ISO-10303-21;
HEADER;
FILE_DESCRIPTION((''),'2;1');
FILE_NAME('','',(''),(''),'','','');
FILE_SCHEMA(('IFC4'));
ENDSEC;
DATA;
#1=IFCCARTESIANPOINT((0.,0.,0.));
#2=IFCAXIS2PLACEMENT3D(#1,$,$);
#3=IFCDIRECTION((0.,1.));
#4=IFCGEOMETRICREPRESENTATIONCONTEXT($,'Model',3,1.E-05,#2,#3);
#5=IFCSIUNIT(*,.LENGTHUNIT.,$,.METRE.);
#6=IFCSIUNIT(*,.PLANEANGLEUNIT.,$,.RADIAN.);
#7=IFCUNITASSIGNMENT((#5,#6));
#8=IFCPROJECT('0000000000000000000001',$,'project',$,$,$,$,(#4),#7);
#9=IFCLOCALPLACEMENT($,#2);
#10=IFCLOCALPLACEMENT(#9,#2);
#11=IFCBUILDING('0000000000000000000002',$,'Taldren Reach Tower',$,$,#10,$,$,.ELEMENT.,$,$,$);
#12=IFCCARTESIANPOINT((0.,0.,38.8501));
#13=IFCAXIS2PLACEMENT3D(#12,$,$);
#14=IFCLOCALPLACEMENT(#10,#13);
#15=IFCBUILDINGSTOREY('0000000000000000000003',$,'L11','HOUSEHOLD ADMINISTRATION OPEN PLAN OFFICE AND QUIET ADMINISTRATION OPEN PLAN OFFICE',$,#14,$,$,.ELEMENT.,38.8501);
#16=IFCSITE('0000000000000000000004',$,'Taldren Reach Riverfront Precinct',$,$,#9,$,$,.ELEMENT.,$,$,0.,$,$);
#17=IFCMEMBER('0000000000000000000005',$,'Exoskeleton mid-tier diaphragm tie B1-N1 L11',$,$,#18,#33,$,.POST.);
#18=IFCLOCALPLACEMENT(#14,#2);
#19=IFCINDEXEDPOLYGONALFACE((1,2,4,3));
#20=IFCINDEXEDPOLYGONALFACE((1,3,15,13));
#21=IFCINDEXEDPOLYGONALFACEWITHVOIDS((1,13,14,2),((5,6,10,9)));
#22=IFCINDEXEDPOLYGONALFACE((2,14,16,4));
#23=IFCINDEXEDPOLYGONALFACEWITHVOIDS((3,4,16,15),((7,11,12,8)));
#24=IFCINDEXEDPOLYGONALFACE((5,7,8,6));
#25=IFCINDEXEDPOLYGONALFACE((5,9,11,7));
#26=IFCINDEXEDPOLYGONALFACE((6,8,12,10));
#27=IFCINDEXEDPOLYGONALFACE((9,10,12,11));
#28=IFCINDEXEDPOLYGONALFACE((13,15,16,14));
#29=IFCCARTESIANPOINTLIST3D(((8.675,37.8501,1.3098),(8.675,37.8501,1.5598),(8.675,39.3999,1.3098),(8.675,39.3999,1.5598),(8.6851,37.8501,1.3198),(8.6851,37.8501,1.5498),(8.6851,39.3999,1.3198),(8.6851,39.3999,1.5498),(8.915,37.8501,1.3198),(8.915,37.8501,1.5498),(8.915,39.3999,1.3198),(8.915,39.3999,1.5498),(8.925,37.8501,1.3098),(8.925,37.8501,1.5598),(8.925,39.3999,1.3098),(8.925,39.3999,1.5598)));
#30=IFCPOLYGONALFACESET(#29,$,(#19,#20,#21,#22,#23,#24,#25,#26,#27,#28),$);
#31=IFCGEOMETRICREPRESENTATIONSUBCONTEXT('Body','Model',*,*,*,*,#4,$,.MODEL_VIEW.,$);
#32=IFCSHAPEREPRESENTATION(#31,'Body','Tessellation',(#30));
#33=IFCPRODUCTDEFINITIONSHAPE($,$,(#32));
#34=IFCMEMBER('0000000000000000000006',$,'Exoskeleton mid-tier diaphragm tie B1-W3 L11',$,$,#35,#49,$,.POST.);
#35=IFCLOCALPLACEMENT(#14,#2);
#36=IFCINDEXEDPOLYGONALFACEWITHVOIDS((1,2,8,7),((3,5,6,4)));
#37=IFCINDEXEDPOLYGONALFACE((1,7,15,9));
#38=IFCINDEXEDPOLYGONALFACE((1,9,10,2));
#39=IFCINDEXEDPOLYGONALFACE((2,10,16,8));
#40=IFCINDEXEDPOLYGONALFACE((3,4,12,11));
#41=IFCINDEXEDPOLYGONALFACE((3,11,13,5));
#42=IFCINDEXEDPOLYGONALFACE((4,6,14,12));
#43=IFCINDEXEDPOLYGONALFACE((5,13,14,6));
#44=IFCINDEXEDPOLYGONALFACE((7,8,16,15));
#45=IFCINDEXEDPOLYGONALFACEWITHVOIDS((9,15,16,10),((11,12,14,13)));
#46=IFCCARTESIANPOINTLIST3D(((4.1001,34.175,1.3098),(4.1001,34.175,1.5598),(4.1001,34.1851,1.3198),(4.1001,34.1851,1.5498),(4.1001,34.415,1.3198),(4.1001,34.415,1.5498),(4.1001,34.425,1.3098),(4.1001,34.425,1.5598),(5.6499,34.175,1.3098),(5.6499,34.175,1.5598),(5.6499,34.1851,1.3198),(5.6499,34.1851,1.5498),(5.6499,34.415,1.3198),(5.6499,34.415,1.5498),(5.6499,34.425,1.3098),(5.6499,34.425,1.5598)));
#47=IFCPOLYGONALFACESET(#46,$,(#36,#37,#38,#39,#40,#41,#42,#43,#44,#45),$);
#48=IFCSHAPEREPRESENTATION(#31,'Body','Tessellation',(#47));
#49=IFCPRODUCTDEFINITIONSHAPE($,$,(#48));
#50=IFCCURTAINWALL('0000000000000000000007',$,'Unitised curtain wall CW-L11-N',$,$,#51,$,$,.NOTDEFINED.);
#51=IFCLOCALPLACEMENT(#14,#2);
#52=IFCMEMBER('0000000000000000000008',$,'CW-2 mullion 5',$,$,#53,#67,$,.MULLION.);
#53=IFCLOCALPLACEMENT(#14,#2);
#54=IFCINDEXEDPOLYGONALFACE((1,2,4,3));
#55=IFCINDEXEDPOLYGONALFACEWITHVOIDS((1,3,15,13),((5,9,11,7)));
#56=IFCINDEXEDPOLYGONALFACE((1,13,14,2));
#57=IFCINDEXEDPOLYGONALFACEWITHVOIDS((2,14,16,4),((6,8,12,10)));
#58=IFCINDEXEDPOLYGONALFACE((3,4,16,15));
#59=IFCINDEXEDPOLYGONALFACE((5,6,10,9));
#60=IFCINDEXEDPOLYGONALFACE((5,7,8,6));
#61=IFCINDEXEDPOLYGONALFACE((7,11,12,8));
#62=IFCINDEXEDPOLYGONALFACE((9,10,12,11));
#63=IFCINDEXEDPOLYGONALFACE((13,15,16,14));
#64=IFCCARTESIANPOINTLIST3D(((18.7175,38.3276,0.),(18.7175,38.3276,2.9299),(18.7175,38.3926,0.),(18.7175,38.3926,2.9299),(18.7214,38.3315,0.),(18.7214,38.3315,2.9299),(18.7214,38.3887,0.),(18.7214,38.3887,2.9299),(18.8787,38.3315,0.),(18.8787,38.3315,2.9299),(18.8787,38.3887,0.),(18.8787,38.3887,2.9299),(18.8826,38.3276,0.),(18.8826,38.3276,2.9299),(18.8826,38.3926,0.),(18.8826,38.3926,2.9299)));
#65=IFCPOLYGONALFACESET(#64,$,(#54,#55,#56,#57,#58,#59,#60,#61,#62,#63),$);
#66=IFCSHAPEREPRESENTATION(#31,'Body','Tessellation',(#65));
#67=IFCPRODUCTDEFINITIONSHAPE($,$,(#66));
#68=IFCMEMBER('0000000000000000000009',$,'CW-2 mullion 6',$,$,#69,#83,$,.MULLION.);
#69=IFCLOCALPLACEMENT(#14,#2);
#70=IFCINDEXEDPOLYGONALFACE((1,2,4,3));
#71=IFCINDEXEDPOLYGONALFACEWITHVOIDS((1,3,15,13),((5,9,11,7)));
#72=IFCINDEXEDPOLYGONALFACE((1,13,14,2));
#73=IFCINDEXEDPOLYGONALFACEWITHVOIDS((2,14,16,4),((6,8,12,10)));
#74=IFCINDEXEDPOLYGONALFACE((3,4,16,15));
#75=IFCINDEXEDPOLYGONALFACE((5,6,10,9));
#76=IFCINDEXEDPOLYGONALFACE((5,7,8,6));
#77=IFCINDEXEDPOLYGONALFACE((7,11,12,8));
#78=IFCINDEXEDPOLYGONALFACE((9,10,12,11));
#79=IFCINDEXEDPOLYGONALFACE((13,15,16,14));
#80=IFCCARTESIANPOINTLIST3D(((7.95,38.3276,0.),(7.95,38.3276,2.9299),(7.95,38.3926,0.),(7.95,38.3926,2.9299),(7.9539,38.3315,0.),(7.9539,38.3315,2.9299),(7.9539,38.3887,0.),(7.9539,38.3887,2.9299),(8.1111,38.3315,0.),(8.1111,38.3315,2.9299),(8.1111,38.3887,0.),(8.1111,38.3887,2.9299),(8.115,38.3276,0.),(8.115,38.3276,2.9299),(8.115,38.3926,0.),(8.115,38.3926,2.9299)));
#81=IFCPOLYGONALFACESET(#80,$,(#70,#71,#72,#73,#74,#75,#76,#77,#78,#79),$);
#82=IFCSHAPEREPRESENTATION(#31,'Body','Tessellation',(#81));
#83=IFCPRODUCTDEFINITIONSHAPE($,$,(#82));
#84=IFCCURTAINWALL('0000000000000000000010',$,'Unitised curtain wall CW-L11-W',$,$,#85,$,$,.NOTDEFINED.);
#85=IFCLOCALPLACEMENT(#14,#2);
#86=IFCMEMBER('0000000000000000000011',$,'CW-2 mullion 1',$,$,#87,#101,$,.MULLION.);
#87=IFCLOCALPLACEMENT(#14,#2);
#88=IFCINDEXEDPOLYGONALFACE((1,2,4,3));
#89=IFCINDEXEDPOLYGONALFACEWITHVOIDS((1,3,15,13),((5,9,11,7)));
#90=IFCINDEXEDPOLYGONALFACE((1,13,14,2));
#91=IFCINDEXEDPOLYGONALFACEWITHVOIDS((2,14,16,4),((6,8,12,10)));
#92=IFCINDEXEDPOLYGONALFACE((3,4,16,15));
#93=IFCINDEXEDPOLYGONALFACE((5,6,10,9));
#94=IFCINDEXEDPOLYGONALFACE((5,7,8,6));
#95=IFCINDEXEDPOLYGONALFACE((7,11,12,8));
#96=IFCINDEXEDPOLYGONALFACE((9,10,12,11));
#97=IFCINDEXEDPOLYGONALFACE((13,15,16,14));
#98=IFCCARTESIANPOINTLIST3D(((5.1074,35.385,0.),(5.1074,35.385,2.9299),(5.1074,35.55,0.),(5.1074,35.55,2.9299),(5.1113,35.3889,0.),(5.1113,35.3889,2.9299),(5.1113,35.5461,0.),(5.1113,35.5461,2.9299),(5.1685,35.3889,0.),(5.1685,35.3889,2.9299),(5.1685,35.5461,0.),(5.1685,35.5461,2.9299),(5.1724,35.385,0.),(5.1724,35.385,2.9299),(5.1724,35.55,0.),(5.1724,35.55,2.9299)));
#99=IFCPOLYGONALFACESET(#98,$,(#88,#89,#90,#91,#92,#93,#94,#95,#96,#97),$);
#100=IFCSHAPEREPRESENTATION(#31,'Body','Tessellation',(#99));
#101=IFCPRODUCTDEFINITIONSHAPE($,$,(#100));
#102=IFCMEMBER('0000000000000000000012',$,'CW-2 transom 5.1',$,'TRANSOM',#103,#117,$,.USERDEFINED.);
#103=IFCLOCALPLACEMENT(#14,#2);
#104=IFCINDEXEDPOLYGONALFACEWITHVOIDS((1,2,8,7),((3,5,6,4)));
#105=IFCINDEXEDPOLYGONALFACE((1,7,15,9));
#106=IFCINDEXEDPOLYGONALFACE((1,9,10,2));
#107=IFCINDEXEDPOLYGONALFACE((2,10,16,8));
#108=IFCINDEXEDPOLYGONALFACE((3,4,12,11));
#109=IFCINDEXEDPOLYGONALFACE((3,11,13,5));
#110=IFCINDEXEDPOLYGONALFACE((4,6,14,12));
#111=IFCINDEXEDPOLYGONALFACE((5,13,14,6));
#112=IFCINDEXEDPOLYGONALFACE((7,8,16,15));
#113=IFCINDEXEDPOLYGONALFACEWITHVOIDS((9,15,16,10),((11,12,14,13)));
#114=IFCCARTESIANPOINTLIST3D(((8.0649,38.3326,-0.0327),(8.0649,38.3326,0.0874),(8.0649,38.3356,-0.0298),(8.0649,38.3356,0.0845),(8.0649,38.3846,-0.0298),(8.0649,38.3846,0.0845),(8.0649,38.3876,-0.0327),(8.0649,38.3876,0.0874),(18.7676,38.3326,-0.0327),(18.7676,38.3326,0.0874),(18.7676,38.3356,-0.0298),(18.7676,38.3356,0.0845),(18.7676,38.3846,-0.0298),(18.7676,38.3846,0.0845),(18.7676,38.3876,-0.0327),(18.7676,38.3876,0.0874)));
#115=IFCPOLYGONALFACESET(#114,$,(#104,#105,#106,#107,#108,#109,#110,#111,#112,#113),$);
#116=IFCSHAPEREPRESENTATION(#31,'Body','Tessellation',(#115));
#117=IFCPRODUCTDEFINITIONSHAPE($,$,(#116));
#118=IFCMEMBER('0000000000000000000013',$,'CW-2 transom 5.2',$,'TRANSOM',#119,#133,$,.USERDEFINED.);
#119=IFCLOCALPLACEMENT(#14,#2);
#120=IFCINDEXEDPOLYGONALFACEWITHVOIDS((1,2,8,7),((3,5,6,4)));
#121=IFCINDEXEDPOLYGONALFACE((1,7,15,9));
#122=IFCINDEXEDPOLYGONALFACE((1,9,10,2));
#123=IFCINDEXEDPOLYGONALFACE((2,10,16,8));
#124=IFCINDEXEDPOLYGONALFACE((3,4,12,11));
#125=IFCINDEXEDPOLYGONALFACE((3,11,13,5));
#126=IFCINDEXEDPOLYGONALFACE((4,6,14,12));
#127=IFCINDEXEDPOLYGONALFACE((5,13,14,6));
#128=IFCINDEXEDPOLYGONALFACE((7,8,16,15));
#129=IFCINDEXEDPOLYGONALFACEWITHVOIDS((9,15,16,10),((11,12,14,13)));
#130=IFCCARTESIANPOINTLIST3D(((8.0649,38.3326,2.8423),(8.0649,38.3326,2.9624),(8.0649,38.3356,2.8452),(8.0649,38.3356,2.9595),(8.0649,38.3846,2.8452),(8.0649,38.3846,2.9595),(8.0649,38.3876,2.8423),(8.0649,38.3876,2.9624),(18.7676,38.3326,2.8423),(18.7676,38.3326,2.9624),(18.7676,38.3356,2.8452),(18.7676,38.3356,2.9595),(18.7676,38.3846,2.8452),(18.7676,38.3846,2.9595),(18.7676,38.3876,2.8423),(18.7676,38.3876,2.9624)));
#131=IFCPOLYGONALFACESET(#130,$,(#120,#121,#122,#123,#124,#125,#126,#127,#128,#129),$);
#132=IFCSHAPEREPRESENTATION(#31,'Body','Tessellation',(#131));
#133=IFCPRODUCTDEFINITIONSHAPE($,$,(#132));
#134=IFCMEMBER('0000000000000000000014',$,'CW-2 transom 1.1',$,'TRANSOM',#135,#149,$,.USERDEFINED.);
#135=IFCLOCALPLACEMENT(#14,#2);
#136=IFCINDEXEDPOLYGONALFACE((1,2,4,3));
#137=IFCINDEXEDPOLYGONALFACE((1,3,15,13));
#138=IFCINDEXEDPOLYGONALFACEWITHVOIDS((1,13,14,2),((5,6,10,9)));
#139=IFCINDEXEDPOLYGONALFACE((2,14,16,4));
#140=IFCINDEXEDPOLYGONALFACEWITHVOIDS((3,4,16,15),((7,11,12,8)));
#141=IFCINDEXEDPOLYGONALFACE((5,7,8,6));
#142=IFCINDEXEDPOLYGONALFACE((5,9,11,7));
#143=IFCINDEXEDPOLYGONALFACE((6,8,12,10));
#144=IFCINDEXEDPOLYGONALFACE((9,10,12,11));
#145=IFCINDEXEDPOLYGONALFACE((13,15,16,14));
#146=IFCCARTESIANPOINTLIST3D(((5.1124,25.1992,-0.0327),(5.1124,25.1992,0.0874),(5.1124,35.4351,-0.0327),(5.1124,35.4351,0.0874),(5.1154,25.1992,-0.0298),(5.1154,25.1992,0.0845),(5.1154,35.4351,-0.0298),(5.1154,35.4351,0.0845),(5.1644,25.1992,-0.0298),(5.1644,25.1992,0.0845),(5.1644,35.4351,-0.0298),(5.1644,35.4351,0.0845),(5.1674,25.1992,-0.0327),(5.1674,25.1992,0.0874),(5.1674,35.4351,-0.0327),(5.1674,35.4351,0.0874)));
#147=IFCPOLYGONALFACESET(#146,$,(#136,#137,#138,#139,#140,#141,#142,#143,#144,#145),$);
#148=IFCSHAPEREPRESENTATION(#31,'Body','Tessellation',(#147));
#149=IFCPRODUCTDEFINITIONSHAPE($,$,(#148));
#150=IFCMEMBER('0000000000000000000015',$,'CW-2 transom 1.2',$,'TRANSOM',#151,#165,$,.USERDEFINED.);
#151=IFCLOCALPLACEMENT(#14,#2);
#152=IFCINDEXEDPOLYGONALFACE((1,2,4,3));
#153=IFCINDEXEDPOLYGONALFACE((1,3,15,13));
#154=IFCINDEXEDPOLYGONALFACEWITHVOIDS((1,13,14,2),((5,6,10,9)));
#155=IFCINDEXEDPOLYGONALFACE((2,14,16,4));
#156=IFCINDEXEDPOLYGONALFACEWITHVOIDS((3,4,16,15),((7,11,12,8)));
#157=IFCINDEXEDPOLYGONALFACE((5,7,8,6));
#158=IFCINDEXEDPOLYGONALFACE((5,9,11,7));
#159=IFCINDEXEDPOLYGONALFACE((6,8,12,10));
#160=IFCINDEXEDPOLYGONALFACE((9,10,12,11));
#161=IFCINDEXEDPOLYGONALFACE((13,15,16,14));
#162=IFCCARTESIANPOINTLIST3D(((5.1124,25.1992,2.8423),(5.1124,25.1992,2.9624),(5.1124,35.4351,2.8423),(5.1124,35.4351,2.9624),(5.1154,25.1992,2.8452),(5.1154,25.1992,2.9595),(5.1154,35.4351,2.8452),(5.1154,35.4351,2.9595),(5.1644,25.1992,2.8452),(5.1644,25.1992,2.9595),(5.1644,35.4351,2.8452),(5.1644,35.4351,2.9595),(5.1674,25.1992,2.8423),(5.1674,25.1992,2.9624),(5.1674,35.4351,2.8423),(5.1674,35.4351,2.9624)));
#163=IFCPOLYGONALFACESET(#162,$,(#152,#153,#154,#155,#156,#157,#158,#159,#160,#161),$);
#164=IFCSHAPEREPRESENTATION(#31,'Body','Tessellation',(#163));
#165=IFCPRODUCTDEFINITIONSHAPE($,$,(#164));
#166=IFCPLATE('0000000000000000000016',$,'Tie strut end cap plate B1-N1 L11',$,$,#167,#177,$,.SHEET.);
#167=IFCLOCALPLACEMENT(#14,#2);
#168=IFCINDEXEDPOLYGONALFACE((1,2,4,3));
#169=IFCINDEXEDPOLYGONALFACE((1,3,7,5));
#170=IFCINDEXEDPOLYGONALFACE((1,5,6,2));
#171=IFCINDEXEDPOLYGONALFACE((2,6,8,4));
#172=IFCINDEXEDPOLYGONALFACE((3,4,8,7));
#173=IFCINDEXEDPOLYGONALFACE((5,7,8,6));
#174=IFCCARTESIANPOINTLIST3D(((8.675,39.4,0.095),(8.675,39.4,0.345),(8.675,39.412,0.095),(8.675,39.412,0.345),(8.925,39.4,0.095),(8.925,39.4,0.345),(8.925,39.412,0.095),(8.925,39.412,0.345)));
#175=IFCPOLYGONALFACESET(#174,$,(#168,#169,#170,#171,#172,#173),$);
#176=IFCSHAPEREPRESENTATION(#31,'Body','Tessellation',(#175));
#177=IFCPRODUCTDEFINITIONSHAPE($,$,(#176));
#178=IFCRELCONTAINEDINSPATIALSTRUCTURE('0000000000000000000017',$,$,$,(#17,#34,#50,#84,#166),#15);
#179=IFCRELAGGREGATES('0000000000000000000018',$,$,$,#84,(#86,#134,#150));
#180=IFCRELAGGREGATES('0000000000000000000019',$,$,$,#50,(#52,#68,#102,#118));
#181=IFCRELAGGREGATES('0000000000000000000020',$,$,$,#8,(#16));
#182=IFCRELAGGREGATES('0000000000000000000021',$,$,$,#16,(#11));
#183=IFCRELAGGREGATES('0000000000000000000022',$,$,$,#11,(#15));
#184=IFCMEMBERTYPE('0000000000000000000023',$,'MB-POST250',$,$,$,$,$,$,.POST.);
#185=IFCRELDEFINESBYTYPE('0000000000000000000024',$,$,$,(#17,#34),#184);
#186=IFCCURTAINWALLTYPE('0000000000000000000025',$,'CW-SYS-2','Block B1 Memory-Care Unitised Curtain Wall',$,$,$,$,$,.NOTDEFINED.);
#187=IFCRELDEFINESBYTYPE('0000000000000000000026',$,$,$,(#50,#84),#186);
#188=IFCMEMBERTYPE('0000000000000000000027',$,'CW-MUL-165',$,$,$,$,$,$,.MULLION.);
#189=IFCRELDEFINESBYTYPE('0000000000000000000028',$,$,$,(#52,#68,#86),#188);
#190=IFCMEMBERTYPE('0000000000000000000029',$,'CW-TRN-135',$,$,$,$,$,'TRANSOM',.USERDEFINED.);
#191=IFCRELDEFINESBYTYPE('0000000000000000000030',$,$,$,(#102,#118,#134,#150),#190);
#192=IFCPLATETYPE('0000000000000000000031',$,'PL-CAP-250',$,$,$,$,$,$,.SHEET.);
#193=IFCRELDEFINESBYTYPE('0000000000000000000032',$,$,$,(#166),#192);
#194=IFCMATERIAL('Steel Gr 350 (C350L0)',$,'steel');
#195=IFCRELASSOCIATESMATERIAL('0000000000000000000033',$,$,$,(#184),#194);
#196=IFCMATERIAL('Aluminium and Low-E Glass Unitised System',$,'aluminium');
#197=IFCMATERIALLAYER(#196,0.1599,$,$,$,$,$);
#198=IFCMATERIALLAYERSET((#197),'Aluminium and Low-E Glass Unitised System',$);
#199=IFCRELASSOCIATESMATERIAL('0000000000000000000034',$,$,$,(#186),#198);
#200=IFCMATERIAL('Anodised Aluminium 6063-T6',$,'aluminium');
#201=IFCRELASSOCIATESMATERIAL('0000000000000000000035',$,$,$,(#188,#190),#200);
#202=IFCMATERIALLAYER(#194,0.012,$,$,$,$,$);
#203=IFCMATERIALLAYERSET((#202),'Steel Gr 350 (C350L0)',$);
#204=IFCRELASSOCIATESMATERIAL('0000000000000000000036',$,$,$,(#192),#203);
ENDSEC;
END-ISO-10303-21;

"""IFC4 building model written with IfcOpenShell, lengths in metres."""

from ifc_helpers import new_model, si_unit, direction, frame, origin, origin_2d, place, context, subcontext, project, spatial, rectangle, hollow_rectangle, extrude, source, transform, mapped, material, layer, layer_set, material_profile, profile_set, type_object, element, aggregate, save


model = new_model("IFC4")

# Units and contexts
model_context = context("Model", 3, precision=1e-05, world=origin(), true_north=direction((0.0, 1.0)))
body_context = subcontext(model_context, "Body", "Model", "MODEL_VIEW")
ifc_project = project(units=[si_unit("LENGTHUNIT", "METRE"), si_unit("PLANEANGLEUNIT", "RADIAN")], contexts=[model_context])

# Site, building, storey
site_placement = place(None, origin())
site = spatial("IfcSite", under=ifc_project, at=site_placement, Name="Taldren Reach Riverfront Precinct", CompositionType="ELEMENT", RefElevation=0.0)
building_placement = place(site_placement, origin())
building = spatial("IfcBuilding", under=site, at=building_placement, Name="Taldren Reach Tower", CompositionType="ELEMENT")
storey_placement = place(building_placement, frame((0.0, 0.0, 38.8501)))
storey = spatial("IfcBuildingStorey", under=building, at=storey_placement, Name="L11", Description="HOUSEHOLD ADMINISTRATION OPEN PLAN OFFICE AND QUIET ADMINISTRATION OPEN PLAN OFFICE", CompositionType="ELEMENT", Elevation=38.8501)

# Members
ifc_material_1 = material(Name="Steel Gr 350 (C350L0)", Category="steel")
ifc_material_profile_1 = material_profile(ifc_material_1, hollow_rectangle(XDim=0.25, YDim=0.25, WallThickness=0.01, at=origin_2d()), Name="250x250x10.0SHS")
ifc_profile_set_1 = profile_set([ifc_material_profile_1], Name="Steel Gr 350 (C350L0)")
member_type_1 = type_object("IfcMemberType", Name="MB-POST250", PredefinedType="POST", material=ifc_profile_set_1)
shared_shape_1 = source(origin(), body_context, "Body", "SweptSolid", [
    extrude(hollow_rectangle(XDim=0.25, YDim=0.25, WallThickness=0.01, at=origin_2d()), origin(), (0.0, 0.0, 1.0), 1.5498),
])
for number, where, z_axis, x_axis, name in (
    (1, (8.8, 37.8501, 1.4348), (0.0, 1.0, 0.0), (-1.0, 0.0, 0.0), "Exoskeleton mid-tier diaphragm tie B1-N1 L11"),
    (2, (5.6499, 34.3, 1.4348), (-1.0, 0.0, 0.0), (0.0, -1.0, 0.0), "Exoskeleton mid-tier diaphragm tie B1-W3 L11"),
):
    element("IfcMember", number, at=place(storey_placement, frame(where, z_axis=z_axis, x_axis=x_axis)), inside=storey, type_object=member_type_1, Name=name, PredefinedType="POST", context=body_context, shape_type="MappedRepresentation", body=[
        mapped(shared_shape_1, transform((0.0, 0.0, 0.0), scale=1.0)),
    ])

# Curtain wall, members
ifc_material_2 = material(Name="Aluminium and Low-E Glass Unitised System", Category="aluminium")
ifc_layer_1 = layer(ifc_material_2, 0.1599)
ifc_layer_set_1 = layer_set([ifc_layer_1], Name="Aluminium and Low-E Glass Unitised System")
curtain_wall_type = type_object("IfcCurtainWallType", Name="CW-SYS-2", Description="Block B1 Memory-Care Unitised Curtain Wall", PredefinedType="NOTDEFINED", material=ifc_layer_set_1)
curtain_wall_1_placement = place(storey_placement, origin())
curtain_wall_1 = element("IfcCurtainWall", 3, at=curtain_wall_1_placement, inside=storey, type_object=curtain_wall_type, Name="Unitised curtain wall CW-L11-N", PredefinedType="NOTDEFINED")
ifc_material_3 = material(Name="Anodised Aluminium 6063-T6", Category="aluminium")
ifc_material_profile_2 = material_profile(ifc_material_3, hollow_rectangle(XDim=0.0649, YDim=0.165, WallThickness=0.0039, at=origin_2d()), Name="ALU-165x65x4RHS")
ifc_profile_set_2 = profile_set([ifc_material_profile_2], Name="Anodised Aluminium 6063-T6")
member_type_2 = type_object("IfcMemberType", Name="CW-MUL-165", PredefinedType="MULLION", material=ifc_profile_set_2)
shared_shape_2 = source(origin(), body_context, "Body", "SweptSolid", [
    extrude(hollow_rectangle(XDim=0.0649, YDim=0.165, WallThickness=0.0039, at=origin_2d()), origin(), (0.0, 0.0, 1.0), 2.9299),
])
member_1_placement = place(storey_placement, frame((18.8, 38.3601, 0.0), z_axis=(0.0, 0.0, 1.0), x_axis=(0.0, -1.0, 0.0)))
member_1 = element("IfcMember", 4, at=member_1_placement, type_object=member_type_2, Name="CW-2 mullion 5", PredefinedType="MULLION", context=body_context, shape_type="MappedRepresentation", body=[
    mapped(shared_shape_2, transform((0.0, 0.0, 0.0), scale=1.0)),
])
member_2_placement = place(storey_placement, frame((8.0325, 38.3601, 0.0), z_axis=(0.0, 0.0, 1.0), x_axis=(0.0, -1.0, 0.0)))
member_2 = element("IfcMember", 5, at=member_2_placement, type_object=member_type_2, Name="CW-2 mullion 6", PredefinedType="MULLION", context=body_context, shape_type="MappedRepresentation", body=[
    mapped(shared_shape_2, transform((0.0, 0.0, 0.0), scale=1.0)),
])

# Curtain wall, member
curtain_wall_2_placement = place(storey_placement, origin())
curtain_wall_2 = element("IfcCurtainWall", 6, at=curtain_wall_2_placement, inside=storey, type_object=curtain_wall_type, Name="Unitised curtain wall CW-L11-W", PredefinedType="NOTDEFINED")
member_3_placement = place(storey_placement, frame((5.1399, 35.4675, 0.0), z_axis=(0.0, 0.0, 1.0), x_axis=(1.0, 0.0, 0.0)))
member_3 = element("IfcMember", 7, at=member_3_placement, type_object=member_type_2, Name="CW-2 mullion 1", PredefinedType="MULLION", context=body_context, shape_type="MappedRepresentation", body=[
    mapped(shared_shape_2, transform((0.0, 0.0, 0.0), scale=1.0)),
])

# Members
ifc_material_profile_3 = material_profile(ifc_material_3, hollow_rectangle(XDim=0.0549, YDim=0.1201, WallThickness=0.0029, at=origin_2d()), Name="ALU-120x55x3RHS")
ifc_profile_set_3 = profile_set([ifc_material_profile_3], Name="Anodised Aluminium 6063-T6")
member_type_3 = type_object("IfcMemberType", Name="CW-TRN-135", ElementType="TRANSOM", PredefinedType="USERDEFINED", material=ifc_profile_set_3)
shared_shape_3 = source(origin(), body_context, "Body", "SweptSolid", [
    extrude(hollow_rectangle(XDim=0.0549, YDim=0.1201, WallThickness=0.0029, at=origin_2d()), origin(), (0.0, 0.0, 1.0), 10.7026),
])
member_4_placement = place(storey_placement, frame((18.7676, 38.3601, 0.0273), z_axis=(-1.0, 0.0, 0.0), x_axis=(0.0, -1.0, 0.0)))
member_4 = element("IfcMember", 8, at=member_4_placement, type_object=member_type_3, Name="CW-2 transom 5.1", ObjectType="TRANSOM", PredefinedType="USERDEFINED", context=body_context, shape_type="MappedRepresentation", body=[
    mapped(shared_shape_3, transform((0.0, 0.0, 0.0), scale=1.0)),
])
member_5_placement = place(storey_placement, frame((18.7676, 38.3601, 2.9023), z_axis=(-1.0, 0.0, 0.0), x_axis=(0.0, -1.0, 0.0)))
member_5 = element("IfcMember", 9, at=member_5_placement, type_object=member_type_3, Name="CW-2 transom 5.2", ObjectType="TRANSOM", PredefinedType="USERDEFINED", context=body_context, shape_type="MappedRepresentation", body=[
    mapped(shared_shape_3, transform((0.0, 0.0, 0.0), scale=1.0)),
])
shared_shape_4 = source(origin(), body_context, "Body", "SweptSolid", [
    extrude(hollow_rectangle(XDim=0.0549, YDim=0.1201, WallThickness=0.0029, at=origin_2d()), origin(), (0.0, 0.0, 1.0), 10.2358),
])
member_6_placement = place(storey_placement, frame((5.1399, 35.4351, 0.0273), z_axis=(0.0, -1.0, 0.0), x_axis=(1.0, 0.0, 0.0)))
member_6 = element("IfcMember", 10, at=member_6_placement, type_object=member_type_3, Name="CW-2 transom 1.1", ObjectType="TRANSOM", PredefinedType="USERDEFINED", context=body_context, shape_type="MappedRepresentation", body=[
    mapped(shared_shape_4, transform((0.0, 0.0, 0.0), scale=1.0)),
])
member_7_placement = place(storey_placement, frame((5.1399, 35.4351, 2.9023), z_axis=(0.0, -1.0, 0.0), x_axis=(1.0, 0.0, 0.0)))
member_7 = element("IfcMember", 11, at=member_7_placement, type_object=member_type_3, Name="CW-2 transom 1.2", ObjectType="TRANSOM", PredefinedType="USERDEFINED", context=body_context, shape_type="MappedRepresentation", body=[
    mapped(shared_shape_4, transform((0.0, 0.0, 0.0), scale=1.0)),
])
aggregate(curtain_wall_2, [member_3, member_6, member_7])

# Plate
ifc_layer_2 = layer(ifc_material_1, 0.012)
ifc_layer_set_2 = layer_set([ifc_layer_2], Name="Steel Gr 350 (C350L0)")
plate_type_1 = type_object("IfcPlateType", Name="PL-CAP-250", PredefinedType="SHEET", material=ifc_layer_set_2)
shared_shape_5 = source(origin(), body_context, "Body", "SweptSolid", [
    extrude(rectangle(XDim=0.25, YDim=0.012, at=origin_2d()), origin(), (0.0, 0.0, 1.0), 0.25),
])
plate_1_placement = place(storey_placement, frame((8.8, 39.406, 0.095), z_axis=(0.0, 0.0, 1.0), x_axis=(1.0, 0.0, 0.0)))
element("IfcPlate", 12, at=plate_1_placement, inside=storey, type_object=plate_type_1, Name="Tie strut end cap plate B1-N1 L11", PredefinedType="SHEET", context=body_context, shape_type="MappedRepresentation", body=[
    mapped(shared_shape_5, transform((0.0, 0.0, 0.0), scale=1.0)),
])
aggregate(curtain_wall_1, [member_1, member_2, member_4, member_5])

save(model, "model.ifc")
